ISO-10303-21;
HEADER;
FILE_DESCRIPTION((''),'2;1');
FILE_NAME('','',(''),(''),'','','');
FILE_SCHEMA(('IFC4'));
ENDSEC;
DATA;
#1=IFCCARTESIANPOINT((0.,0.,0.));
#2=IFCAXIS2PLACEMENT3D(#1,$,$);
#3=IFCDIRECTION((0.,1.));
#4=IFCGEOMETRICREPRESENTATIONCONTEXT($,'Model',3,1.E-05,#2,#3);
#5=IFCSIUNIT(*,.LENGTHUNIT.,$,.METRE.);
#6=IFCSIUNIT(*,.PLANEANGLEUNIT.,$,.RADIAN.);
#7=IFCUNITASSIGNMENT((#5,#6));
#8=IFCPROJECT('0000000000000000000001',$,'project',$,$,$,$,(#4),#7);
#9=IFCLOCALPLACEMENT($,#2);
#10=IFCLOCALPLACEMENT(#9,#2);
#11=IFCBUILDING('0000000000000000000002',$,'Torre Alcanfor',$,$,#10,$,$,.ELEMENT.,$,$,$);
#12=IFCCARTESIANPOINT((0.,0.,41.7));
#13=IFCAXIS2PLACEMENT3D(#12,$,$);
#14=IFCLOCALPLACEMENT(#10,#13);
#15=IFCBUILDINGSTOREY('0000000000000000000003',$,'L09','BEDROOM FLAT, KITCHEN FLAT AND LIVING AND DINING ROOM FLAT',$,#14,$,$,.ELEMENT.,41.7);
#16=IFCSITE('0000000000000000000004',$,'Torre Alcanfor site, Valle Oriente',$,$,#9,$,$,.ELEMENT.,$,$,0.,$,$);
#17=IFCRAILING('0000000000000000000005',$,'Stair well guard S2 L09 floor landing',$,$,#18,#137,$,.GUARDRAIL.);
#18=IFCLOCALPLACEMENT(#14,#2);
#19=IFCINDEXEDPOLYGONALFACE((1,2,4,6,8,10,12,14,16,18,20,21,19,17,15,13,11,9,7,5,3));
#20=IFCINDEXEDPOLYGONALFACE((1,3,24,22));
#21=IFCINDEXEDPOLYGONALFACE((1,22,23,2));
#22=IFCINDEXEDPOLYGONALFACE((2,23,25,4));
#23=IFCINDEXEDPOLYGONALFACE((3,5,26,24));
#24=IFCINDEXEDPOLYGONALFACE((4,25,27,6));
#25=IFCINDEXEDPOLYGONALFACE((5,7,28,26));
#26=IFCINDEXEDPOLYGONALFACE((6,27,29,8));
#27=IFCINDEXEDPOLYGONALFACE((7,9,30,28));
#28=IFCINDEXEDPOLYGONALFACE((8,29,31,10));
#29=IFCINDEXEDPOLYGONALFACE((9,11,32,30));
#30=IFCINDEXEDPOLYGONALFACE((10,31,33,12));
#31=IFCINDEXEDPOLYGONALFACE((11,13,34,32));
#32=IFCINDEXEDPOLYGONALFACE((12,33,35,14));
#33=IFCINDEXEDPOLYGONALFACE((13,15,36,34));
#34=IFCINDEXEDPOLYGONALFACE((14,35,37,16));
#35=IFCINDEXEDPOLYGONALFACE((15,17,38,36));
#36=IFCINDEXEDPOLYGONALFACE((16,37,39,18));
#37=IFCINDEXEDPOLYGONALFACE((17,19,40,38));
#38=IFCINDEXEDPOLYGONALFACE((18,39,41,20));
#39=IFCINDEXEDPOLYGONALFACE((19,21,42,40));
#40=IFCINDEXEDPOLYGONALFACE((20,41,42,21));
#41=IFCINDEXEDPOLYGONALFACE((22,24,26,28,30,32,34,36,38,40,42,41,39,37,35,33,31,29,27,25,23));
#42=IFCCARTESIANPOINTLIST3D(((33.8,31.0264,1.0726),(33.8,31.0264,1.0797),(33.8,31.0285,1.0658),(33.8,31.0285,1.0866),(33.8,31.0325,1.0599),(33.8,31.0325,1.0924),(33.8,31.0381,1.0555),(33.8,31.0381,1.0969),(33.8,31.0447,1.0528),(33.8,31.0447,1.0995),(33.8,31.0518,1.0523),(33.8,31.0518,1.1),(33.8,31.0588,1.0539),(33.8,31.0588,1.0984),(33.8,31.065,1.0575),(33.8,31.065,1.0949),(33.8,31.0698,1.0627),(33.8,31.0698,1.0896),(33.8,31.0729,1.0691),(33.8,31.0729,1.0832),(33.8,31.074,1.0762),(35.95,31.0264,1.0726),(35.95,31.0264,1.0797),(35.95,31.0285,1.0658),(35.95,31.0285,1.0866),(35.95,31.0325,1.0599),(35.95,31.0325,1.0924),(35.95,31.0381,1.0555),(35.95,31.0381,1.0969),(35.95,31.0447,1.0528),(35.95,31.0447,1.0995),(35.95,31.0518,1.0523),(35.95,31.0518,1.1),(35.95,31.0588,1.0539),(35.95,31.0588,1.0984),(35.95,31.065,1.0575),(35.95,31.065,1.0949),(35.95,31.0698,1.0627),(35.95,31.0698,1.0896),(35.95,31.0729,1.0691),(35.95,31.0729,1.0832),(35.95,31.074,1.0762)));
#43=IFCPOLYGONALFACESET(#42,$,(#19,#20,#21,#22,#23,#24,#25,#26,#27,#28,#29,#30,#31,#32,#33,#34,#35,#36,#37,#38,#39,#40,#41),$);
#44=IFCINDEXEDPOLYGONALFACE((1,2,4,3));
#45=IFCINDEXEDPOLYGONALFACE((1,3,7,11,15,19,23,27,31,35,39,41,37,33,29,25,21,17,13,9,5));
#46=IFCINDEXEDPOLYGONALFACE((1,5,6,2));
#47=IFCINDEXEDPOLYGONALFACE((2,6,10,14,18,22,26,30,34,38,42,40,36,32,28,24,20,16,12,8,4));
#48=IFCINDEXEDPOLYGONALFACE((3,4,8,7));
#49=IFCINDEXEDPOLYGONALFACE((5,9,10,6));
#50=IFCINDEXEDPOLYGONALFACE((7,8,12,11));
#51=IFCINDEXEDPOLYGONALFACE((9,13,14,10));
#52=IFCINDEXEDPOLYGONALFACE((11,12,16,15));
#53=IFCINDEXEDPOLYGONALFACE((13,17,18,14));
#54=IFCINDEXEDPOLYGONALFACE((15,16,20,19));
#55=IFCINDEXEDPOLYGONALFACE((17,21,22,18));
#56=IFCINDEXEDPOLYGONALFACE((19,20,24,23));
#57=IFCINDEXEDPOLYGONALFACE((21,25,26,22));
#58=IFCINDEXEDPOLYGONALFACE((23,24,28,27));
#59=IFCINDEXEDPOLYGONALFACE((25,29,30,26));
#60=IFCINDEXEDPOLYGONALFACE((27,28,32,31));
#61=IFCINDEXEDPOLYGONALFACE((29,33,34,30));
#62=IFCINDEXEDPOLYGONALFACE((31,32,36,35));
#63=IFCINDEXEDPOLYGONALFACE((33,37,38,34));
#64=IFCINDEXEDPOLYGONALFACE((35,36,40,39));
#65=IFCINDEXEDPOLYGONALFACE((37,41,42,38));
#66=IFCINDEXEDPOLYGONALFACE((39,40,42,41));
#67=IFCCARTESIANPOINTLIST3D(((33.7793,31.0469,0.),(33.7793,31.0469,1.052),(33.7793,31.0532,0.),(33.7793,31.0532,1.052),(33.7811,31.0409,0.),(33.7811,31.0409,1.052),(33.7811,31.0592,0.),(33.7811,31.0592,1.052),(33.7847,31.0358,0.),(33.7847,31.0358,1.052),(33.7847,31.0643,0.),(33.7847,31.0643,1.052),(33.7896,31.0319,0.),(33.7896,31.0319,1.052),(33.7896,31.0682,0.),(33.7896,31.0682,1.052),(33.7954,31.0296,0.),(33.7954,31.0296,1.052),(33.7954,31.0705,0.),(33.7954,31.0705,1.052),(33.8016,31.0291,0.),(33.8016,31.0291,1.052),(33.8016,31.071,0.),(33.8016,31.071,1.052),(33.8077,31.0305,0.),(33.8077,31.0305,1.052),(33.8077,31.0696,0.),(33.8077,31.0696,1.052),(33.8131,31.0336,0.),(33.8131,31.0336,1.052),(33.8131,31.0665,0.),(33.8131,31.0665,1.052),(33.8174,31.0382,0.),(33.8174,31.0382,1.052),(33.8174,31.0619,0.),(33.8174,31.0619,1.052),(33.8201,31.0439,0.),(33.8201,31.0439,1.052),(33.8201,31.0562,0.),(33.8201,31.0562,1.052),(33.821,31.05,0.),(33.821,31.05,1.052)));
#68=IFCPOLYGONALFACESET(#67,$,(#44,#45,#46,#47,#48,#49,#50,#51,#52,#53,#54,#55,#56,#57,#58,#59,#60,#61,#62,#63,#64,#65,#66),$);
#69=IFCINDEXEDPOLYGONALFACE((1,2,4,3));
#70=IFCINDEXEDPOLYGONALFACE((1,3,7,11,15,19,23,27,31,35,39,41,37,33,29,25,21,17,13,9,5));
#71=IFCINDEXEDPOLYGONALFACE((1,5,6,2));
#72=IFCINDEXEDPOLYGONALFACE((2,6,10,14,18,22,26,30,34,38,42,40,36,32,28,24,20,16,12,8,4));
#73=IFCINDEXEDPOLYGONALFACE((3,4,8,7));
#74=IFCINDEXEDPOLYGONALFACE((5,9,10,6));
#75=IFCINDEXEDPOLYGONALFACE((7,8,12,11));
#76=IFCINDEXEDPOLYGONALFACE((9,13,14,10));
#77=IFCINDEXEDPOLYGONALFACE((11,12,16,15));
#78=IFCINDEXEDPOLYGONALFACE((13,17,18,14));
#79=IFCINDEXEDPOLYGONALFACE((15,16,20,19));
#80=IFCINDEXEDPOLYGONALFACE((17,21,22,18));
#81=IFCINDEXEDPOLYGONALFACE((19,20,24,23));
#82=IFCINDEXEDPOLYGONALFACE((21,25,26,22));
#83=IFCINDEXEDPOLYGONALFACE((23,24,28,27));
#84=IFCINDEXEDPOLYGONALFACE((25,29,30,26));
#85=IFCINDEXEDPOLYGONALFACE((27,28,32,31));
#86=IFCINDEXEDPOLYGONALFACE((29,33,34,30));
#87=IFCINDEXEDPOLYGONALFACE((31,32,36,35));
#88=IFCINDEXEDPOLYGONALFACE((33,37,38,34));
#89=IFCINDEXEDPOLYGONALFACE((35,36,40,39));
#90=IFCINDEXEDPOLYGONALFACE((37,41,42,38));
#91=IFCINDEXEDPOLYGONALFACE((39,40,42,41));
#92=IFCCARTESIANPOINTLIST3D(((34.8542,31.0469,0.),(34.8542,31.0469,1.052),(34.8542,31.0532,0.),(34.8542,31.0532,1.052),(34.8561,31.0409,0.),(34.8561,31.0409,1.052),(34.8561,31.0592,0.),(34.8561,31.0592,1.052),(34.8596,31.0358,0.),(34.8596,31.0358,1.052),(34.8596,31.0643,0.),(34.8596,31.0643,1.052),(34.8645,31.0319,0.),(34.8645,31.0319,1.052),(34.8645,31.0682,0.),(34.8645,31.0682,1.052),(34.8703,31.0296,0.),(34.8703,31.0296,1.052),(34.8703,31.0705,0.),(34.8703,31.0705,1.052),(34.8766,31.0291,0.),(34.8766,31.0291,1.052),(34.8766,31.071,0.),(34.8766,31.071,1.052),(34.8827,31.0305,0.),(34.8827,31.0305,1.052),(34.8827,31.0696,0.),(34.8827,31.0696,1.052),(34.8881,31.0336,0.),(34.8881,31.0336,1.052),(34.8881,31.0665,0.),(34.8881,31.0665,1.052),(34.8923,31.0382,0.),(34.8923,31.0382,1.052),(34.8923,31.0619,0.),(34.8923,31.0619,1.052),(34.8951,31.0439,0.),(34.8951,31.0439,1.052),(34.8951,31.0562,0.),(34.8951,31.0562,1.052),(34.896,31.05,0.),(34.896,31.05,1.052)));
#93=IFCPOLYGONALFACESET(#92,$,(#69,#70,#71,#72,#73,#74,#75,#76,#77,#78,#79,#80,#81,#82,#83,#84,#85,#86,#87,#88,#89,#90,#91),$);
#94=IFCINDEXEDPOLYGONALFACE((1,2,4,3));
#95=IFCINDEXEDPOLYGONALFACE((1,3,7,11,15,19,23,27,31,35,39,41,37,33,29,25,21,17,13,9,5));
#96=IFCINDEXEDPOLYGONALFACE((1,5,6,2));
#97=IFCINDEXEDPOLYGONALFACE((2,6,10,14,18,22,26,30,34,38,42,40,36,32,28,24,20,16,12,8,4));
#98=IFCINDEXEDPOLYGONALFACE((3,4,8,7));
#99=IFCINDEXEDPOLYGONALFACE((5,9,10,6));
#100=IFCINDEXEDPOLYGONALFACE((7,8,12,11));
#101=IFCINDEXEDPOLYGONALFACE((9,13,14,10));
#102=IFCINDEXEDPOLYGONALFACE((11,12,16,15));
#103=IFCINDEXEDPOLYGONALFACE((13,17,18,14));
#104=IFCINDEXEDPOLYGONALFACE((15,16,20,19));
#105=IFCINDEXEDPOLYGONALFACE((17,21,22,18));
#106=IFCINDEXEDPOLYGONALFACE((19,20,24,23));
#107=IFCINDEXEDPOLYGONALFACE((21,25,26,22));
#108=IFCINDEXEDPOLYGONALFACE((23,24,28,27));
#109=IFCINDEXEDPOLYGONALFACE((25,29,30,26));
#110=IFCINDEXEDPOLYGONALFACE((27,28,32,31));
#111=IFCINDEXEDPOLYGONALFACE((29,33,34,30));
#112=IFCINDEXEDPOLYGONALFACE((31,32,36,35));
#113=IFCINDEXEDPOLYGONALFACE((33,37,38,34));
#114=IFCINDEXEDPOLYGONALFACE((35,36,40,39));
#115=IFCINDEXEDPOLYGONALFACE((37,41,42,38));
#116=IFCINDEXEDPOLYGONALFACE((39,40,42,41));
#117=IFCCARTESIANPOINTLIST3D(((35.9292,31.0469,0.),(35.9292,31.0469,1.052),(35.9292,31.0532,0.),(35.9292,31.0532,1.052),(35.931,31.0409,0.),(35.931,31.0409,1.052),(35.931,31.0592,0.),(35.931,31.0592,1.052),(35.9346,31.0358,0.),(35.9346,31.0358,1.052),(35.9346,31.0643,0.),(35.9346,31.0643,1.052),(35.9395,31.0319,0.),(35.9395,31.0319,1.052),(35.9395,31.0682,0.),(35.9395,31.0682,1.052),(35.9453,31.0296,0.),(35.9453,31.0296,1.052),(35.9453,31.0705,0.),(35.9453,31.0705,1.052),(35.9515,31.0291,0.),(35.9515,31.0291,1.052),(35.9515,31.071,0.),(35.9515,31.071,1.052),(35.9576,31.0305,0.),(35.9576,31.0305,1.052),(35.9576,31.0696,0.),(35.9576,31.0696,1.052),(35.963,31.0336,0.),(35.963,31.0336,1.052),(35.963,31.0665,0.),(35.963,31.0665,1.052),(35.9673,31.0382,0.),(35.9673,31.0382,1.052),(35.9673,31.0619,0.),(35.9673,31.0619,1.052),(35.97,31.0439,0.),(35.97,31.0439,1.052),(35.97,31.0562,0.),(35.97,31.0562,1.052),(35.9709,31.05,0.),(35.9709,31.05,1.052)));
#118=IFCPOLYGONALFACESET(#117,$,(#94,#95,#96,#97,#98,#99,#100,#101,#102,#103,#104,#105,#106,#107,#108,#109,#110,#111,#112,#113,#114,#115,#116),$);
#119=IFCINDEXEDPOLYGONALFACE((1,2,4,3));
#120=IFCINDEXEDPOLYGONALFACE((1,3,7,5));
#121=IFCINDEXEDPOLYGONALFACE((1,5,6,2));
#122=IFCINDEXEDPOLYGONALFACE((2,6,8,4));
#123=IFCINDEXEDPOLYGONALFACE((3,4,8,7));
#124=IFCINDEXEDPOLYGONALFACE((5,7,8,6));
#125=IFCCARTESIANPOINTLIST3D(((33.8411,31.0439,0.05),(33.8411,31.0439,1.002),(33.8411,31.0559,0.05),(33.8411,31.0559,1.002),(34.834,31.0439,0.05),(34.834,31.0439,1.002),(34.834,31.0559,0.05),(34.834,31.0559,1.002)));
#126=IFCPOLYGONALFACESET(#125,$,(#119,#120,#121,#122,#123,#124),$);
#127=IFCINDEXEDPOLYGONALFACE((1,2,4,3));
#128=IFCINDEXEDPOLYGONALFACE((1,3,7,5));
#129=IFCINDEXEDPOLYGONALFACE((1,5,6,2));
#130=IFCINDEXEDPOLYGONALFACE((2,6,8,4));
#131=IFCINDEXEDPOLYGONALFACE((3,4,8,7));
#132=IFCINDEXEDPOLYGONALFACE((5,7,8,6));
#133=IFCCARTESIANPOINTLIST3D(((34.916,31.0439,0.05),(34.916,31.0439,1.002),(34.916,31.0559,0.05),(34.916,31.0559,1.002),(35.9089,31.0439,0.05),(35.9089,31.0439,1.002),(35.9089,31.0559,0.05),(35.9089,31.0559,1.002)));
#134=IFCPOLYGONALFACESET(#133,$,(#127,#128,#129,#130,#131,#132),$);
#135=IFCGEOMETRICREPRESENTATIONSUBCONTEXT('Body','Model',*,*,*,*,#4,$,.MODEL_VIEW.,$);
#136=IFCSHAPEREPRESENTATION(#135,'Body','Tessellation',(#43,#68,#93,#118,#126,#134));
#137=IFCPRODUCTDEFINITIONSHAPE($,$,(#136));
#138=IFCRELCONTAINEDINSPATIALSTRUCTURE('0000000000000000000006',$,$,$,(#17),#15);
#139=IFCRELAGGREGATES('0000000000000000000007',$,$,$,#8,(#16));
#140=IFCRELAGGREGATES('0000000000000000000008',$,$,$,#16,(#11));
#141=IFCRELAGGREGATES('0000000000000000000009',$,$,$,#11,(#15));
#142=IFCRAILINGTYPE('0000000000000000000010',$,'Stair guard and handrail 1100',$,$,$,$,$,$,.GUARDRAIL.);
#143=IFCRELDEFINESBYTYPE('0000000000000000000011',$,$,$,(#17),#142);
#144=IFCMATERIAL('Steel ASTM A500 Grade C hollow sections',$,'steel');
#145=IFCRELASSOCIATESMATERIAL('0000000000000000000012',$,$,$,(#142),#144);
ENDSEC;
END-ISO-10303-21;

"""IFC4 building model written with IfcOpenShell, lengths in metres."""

from ifc_helpers import new_model, si_unit, direction, frame, origin, origin_2d, place, context, subcontext, project, spatial, polyline, circle, outline, extrude, material, type_object, element, save


model = new_model("IFC4")

# Units and contexts
model_context = context("Model", 3, precision=1e-05, world=origin(), true_north=direction((0.0, 1.0)))
body_context = subcontext(model_context, "Body", "Model", "MODEL_VIEW")
ifc_project = project(units=[si_unit("LENGTHUNIT", "METRE"), si_unit("PLANEANGLEUNIT", "RADIAN")], contexts=[model_context])

# Site, building, storey
site_placement = place(None, origin())
site = spatial("IfcSite", under=ifc_project, at=site_placement, Name="Torre Alcanfor site, Valle Oriente", CompositionType="ELEMENT", RefElevation=0.0)
building_placement = place(site_placement, origin())
building = spatial("IfcBuilding", under=site, at=building_placement, Name="Torre Alcanfor", CompositionType="ELEMENT")
storey_placement = place(building_placement, frame((0.0, 0.0, 41.7)))
storey = spatial("IfcBuildingStorey", under=building, at=storey_placement, Name="L09", Description="BEDROOM FLAT, KITCHEN FLAT AND LIVING AND DINING ROOM FLAT", CompositionType="ELEMENT", Elevation=41.7)

# Railing
ifc_material_1 = material(Name="Steel ASTM A500 Grade C hollow sections", Category="steel")
railing_type_1 = type_object("IfcRailingType", Name="Stair guard and handrail 1100", PredefinedType="GUARDRAIL", material=ifc_material_1)
for number, where, name in (
    (1, (33.8, 31.05, 0.0), "Stair well guard S2 L09 floor landing"),
):
    element("IfcRailing", number, at=place(storey_placement, frame(where)), inside=storey, type_object=railing_type_1, Name=name, PredefinedType="GUARDRAIL", context=body_context, shape_type="SweptSolid", body=[
        extrude(circle(Radius=0.0239, at=origin_2d()), frame((0.0, 0.0, 1.0762), z_axis=(1.0, 0.0, 0.0), x_axis=(0.0, 1.0, 0.0)), (0.0, 0.0, 1.0), 2.1499),
        extrude(circle(Radius=0.021, at=origin_2d()), origin(), (0.0, 0.0, 1.0), 1.052),
        extrude(circle(Radius=0.021, at=origin_2d()), frame((1.075, 0.0, 0.0)), (0.0, 0.0, 1.0), 1.052),
        extrude(circle(Radius=0.021, at=origin_2d()), frame((2.1499, 0.0, 0.0)), (0.0, 0.0, 1.0), 1.052),
        extrude(outline(polyline([(0.041, 0.05), (1.0339, 0.05), (1.0339, 1.002), (0.041, 1.002), (0.041, 0.05)])), frame((0.0, 0.0059, 0.0), z_axis=(0.0, -1.0, 0.0), x_axis=(1.0, 0.0, 0.0)), (0.0, 0.0, 1.0), 0.012),
        extrude(outline(polyline([(1.116, 0.05), (2.1089, 0.05), (2.1089, 1.002), (1.116, 1.002), (1.116, 0.05)])), frame((0.0, 0.0059, 0.0), z_axis=(0.0, -1.0, 0.0), x_axis=(1.0, 0.0, 0.0)), (0.0, 0.0, 1.0), 0.012),
    ])

save(model, "model.ifc")
